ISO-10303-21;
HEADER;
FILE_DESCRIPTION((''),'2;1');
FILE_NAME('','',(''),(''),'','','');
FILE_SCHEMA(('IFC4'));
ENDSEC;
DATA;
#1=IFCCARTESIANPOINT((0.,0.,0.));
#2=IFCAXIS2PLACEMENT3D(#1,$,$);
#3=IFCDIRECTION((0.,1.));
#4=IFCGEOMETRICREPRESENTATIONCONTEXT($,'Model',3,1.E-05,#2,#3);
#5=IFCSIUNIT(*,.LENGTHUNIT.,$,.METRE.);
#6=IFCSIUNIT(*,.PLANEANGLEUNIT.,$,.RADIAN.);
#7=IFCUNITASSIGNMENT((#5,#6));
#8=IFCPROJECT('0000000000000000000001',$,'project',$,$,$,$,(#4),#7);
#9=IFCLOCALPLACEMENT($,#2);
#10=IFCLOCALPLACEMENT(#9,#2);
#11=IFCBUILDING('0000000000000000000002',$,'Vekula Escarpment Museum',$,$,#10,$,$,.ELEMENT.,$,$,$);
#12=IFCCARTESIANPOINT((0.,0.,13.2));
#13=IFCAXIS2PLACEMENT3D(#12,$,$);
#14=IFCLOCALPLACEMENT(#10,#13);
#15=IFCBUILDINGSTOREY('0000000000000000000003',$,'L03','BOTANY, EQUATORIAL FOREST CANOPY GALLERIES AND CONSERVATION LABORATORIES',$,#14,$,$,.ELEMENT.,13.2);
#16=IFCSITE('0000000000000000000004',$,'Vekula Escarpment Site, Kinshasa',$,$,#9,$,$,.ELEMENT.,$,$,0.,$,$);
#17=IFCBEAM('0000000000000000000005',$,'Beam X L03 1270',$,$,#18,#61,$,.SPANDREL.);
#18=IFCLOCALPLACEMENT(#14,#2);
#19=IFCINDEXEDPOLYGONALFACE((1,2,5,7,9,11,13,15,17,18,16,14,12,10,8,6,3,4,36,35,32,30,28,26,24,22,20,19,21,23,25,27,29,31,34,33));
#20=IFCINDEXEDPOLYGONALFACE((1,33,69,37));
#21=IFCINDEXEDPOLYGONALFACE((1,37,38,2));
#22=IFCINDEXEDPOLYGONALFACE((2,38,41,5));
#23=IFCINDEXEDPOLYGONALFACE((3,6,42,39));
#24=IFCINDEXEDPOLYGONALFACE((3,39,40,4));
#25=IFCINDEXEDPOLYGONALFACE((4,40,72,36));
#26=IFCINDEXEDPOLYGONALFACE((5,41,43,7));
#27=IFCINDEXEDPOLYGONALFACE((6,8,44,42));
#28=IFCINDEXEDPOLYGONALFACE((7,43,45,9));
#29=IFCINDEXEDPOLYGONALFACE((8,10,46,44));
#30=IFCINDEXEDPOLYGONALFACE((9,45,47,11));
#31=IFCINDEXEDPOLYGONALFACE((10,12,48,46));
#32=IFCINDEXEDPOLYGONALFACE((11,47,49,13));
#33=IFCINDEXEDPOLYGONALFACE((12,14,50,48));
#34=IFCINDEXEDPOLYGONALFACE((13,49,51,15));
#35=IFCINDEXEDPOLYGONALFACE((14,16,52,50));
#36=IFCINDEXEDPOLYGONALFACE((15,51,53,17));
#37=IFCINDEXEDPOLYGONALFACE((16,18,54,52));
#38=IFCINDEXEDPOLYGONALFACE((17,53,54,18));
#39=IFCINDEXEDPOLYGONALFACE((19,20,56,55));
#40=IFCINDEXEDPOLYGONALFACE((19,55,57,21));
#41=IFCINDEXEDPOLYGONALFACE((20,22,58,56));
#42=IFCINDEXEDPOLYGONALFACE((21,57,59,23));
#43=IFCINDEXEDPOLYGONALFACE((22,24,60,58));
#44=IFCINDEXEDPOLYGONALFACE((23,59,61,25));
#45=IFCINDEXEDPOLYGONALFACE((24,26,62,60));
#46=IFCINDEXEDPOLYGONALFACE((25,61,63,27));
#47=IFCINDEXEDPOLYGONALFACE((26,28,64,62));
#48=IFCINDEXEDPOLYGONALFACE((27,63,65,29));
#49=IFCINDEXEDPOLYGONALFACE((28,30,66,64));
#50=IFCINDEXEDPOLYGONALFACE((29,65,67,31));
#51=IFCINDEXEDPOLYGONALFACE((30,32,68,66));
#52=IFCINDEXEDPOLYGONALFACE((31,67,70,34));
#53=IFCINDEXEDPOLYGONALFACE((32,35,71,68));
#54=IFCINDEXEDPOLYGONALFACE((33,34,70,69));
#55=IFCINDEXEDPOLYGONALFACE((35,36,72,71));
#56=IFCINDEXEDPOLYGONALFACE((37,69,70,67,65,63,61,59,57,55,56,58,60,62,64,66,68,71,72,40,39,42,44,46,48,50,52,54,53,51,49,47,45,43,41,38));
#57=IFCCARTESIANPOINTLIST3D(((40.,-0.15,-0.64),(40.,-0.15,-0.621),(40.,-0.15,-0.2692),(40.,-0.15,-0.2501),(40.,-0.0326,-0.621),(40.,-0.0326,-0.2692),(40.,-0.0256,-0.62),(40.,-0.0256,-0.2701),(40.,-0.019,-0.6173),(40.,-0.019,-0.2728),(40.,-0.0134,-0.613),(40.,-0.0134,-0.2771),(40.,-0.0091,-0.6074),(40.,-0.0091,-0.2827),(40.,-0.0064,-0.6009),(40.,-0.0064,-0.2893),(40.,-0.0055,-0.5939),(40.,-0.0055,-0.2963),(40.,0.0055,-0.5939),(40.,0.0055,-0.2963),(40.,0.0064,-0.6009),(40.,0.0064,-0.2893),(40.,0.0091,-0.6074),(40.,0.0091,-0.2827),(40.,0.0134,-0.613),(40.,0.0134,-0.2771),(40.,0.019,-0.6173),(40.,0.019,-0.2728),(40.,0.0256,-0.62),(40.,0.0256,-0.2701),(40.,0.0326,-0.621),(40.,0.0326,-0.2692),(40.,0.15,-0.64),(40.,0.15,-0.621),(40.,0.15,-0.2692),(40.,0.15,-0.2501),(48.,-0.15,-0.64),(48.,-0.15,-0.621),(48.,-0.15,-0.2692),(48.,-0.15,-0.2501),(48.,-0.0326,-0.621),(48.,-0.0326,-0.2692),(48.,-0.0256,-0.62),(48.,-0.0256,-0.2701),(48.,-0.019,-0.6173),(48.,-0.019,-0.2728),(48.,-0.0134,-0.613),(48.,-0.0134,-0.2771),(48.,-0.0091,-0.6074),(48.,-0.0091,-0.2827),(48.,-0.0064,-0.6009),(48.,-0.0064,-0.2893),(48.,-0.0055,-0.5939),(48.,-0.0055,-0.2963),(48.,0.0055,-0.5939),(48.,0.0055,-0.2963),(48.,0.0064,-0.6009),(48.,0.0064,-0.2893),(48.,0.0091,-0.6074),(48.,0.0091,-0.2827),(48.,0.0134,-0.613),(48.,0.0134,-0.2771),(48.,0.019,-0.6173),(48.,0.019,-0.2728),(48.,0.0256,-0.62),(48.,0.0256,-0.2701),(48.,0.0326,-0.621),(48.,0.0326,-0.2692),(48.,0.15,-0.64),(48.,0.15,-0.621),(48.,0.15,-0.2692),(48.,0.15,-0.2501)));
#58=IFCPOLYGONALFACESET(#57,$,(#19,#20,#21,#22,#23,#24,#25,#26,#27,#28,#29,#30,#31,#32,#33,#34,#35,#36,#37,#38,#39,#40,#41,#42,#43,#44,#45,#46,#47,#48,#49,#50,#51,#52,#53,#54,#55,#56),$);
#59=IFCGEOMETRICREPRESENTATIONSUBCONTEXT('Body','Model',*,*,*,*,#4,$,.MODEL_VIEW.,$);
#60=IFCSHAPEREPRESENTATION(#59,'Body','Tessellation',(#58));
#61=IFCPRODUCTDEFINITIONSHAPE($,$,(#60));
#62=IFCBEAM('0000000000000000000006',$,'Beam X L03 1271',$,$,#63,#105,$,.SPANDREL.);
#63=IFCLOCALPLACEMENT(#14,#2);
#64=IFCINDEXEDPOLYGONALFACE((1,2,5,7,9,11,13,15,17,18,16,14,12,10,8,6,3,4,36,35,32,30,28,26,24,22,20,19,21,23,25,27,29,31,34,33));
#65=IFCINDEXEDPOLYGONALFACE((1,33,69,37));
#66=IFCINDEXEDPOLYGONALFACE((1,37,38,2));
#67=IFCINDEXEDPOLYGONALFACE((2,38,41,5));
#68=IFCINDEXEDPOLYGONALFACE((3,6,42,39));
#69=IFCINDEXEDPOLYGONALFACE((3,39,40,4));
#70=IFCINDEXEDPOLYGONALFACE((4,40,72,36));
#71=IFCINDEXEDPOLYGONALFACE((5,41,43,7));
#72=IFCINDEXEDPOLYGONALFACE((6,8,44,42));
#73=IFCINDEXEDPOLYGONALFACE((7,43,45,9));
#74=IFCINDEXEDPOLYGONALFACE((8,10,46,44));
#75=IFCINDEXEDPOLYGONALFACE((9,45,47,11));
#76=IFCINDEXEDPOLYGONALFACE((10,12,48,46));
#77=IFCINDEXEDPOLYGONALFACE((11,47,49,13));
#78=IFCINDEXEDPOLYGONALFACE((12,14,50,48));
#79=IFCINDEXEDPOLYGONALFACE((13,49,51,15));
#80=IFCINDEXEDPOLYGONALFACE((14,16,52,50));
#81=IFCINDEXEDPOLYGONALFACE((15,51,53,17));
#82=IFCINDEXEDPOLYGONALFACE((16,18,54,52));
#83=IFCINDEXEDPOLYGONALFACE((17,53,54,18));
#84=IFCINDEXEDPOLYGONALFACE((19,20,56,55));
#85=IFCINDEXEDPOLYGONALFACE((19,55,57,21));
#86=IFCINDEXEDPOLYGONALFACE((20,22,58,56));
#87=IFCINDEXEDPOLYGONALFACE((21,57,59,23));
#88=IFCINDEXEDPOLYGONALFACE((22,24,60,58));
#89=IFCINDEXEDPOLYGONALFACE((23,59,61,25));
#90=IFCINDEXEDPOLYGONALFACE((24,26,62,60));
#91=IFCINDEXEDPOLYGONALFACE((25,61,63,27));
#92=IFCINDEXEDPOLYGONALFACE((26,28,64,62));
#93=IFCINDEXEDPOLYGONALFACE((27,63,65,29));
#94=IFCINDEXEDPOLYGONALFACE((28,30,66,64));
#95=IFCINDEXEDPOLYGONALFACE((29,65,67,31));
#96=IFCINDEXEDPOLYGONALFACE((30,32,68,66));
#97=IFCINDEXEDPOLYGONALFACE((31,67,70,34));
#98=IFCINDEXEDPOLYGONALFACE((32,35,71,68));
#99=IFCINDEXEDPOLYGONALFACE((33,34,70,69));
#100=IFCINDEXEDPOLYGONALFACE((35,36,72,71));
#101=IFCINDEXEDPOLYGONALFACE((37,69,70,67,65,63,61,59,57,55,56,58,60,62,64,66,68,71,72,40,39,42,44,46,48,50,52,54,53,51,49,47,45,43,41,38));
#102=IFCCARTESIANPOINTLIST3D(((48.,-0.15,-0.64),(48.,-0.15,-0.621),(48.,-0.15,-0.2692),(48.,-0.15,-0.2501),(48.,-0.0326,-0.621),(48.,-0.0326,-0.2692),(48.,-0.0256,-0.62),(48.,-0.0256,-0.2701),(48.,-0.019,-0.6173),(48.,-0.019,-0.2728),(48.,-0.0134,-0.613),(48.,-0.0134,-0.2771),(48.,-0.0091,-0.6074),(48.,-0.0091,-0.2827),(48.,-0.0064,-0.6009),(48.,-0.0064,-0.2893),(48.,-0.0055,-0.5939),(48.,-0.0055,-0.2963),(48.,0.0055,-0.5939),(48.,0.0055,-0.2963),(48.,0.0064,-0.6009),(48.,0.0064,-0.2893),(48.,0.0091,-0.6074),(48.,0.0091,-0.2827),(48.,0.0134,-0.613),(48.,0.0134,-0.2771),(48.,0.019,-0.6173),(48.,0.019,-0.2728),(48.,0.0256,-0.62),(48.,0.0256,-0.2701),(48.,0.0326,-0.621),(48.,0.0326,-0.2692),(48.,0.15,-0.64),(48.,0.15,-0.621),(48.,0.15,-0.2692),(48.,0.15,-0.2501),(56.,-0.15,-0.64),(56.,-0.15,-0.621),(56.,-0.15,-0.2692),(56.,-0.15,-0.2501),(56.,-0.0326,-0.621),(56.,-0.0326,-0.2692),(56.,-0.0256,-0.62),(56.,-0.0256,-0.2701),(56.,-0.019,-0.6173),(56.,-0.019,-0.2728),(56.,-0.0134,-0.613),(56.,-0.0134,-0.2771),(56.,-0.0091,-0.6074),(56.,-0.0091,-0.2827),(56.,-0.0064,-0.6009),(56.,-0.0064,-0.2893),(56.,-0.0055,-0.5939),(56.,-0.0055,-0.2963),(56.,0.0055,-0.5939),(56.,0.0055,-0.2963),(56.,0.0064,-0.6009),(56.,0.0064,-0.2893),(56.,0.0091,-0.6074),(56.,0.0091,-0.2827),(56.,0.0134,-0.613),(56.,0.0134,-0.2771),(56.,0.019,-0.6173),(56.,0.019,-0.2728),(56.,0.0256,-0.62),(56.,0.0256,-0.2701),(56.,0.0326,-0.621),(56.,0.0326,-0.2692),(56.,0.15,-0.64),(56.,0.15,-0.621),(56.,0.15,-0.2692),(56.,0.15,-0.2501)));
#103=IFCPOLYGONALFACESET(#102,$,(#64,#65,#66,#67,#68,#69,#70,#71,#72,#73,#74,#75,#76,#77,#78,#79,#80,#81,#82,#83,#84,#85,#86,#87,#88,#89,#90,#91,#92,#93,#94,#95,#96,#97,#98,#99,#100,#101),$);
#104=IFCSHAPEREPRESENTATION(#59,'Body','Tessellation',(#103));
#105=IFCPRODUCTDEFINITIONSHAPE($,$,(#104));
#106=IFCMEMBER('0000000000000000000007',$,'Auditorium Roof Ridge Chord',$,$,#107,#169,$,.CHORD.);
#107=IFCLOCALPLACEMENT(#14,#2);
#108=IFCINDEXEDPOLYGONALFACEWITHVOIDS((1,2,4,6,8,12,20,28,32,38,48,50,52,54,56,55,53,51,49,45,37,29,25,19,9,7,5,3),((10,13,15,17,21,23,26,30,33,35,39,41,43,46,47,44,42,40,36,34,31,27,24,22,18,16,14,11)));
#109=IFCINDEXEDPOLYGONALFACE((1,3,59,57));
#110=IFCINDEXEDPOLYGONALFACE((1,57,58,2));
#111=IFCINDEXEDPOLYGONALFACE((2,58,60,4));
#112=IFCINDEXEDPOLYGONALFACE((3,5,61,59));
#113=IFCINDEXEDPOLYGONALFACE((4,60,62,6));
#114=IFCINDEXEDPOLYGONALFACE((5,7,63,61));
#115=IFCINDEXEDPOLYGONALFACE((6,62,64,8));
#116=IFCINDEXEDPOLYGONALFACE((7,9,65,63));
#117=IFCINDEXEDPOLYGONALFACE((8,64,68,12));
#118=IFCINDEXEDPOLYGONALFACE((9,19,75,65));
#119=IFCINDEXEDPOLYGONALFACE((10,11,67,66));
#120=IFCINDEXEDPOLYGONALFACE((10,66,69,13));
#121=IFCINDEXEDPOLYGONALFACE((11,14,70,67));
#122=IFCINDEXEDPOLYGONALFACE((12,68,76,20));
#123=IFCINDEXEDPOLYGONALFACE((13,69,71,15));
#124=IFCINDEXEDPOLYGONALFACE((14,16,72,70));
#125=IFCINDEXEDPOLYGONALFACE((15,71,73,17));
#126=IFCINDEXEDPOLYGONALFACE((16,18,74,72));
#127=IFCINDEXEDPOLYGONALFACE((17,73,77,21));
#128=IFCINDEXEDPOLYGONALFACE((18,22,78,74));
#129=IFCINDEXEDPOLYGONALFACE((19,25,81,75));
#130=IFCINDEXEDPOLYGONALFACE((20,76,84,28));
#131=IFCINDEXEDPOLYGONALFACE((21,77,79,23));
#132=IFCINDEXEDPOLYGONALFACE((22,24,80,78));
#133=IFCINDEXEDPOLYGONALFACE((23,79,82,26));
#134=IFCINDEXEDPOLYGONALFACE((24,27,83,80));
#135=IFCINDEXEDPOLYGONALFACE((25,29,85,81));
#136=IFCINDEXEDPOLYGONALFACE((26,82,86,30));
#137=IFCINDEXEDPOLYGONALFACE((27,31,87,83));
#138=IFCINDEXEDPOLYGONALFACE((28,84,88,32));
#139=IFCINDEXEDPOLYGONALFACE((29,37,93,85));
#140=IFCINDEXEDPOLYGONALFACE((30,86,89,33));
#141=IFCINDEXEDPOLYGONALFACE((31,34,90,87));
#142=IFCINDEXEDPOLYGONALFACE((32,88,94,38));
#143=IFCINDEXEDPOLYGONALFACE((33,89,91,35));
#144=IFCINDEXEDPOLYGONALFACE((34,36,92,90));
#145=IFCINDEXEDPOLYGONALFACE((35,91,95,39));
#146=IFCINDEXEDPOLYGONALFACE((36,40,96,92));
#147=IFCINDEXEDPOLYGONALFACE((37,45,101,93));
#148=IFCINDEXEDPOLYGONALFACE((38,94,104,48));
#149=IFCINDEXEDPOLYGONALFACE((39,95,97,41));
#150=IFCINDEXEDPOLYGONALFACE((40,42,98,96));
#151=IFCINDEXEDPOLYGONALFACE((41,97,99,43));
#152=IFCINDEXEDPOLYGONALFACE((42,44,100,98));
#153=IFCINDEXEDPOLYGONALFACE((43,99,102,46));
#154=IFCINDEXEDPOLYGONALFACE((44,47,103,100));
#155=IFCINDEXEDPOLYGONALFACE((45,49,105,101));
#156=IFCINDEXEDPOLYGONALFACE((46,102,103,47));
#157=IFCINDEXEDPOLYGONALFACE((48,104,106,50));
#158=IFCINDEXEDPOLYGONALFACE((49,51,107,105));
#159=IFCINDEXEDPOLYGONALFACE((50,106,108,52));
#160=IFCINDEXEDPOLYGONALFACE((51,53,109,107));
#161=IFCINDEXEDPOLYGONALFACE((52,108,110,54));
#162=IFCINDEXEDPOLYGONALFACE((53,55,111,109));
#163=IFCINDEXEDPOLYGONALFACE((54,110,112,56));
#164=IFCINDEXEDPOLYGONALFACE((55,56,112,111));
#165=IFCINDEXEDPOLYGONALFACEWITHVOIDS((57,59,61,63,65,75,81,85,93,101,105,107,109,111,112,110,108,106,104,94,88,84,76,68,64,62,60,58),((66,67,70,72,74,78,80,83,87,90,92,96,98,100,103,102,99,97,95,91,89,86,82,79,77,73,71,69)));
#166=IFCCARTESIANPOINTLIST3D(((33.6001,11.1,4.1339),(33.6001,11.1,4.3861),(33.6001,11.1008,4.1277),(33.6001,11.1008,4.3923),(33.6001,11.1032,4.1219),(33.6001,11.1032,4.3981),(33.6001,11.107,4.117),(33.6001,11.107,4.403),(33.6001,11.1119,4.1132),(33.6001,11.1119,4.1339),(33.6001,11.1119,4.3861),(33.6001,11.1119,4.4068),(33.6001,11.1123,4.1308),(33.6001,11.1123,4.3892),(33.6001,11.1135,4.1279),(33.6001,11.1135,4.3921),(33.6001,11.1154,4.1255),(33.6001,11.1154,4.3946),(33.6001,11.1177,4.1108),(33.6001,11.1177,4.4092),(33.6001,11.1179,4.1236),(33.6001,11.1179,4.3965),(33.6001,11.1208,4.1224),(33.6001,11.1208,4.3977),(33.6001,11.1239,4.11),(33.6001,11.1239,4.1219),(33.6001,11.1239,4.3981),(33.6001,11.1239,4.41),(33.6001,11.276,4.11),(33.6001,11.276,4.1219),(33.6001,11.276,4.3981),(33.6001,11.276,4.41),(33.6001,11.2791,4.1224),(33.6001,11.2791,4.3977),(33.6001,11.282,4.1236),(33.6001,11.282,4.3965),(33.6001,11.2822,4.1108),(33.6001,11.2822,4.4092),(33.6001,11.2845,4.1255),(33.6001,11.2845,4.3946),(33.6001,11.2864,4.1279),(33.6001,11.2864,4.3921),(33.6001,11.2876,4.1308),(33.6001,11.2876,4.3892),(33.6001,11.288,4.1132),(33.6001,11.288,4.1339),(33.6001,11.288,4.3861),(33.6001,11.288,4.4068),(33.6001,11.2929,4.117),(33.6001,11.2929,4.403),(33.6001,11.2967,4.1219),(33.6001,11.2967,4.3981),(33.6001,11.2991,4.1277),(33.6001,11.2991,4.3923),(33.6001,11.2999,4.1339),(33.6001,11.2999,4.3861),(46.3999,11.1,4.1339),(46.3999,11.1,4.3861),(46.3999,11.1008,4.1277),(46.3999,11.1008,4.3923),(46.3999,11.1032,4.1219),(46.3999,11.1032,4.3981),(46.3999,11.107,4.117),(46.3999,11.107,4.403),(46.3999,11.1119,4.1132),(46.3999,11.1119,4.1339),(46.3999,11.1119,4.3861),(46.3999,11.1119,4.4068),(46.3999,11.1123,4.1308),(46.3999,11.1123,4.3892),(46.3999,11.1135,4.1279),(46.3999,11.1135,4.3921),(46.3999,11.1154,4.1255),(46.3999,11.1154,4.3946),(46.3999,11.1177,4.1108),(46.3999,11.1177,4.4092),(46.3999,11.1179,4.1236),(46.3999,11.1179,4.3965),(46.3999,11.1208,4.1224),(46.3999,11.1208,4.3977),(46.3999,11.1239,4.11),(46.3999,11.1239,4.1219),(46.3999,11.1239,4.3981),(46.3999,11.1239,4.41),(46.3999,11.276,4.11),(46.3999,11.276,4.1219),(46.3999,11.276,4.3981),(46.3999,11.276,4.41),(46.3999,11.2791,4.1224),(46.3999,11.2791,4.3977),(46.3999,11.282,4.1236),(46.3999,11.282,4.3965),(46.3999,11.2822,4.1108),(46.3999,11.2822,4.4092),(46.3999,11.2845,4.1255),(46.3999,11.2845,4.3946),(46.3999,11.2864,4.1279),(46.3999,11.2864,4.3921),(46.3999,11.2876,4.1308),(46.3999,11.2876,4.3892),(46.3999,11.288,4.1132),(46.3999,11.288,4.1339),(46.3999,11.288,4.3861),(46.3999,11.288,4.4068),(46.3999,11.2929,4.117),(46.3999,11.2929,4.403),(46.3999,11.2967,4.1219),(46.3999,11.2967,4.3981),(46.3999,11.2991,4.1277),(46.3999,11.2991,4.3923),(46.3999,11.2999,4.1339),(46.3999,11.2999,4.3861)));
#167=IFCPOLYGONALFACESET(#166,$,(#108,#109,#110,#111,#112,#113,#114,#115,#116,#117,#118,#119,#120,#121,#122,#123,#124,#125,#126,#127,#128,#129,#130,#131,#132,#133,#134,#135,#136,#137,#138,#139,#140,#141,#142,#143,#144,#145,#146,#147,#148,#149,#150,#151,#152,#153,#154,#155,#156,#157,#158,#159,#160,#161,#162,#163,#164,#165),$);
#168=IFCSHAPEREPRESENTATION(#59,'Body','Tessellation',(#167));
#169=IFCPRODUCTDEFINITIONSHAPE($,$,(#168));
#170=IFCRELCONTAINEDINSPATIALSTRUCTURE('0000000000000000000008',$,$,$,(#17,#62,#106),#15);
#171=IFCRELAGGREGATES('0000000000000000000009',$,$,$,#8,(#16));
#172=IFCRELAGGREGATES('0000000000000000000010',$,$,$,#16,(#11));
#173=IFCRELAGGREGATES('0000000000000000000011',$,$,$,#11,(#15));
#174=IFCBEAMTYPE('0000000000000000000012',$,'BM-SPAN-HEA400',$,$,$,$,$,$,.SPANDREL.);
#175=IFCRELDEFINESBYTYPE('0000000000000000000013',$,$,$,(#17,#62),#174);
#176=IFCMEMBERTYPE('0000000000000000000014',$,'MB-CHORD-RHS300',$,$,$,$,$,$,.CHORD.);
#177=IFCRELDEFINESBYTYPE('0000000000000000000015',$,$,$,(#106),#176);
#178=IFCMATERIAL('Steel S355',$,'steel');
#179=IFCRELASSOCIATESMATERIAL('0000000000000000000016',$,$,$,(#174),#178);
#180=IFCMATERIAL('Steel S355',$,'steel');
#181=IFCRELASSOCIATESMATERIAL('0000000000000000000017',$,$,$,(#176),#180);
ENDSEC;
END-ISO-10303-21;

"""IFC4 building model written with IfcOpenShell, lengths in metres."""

from ifc_helpers import new_model, si_unit, direction, frame, origin, origin_2d, place, context, subcontext, project, spatial, hollow_rectangle, i_section, extrude, material, material_profile, profile_set, type_object, element, save


model = new_model("IFC4")

# Units and contexts
model_context = context("Model", 3, precision=1e-05, world=origin(), true_north=direction((0.0, 1.0)))
body_context = subcontext(model_context, "Body", "Model", "MODEL_VIEW")
ifc_project = project(units=[si_unit("LENGTHUNIT", "METRE"), si_unit("PLANEANGLEUNIT", "RADIAN")], contexts=[model_context])

# Site, building, storey
site_placement = place(None, origin())
site = spatial("IfcSite", under=ifc_project, at=site_placement, Name="Vekula Escarpment Site, Kinshasa", CompositionType="ELEMENT", RefElevation=0.0)
building_placement = place(site_placement, origin())
building = spatial("IfcBuilding", under=site, at=building_placement, Name="Vekula Escarpment Museum", CompositionType="ELEMENT")
storey_placement = place(building_placement, frame((0.0, 0.0, 13.2)))
storey = spatial("IfcBuildingStorey", under=building, at=storey_placement, Name="L03", Description="BOTANY, EQUATORIAL FOREST CANOPY GALLERIES AND CONSERVATION LABORATORIES", CompositionType="ELEMENT", Elevation=13.2)

# Beams
ifc_material_1 = material(Name="Steel S355", Category="steel")
ifc_material_profile_1 = material_profile(ifc_material_1, i_section(OverallWidth=0.3, OverallDepth=0.3899, WebThickness=0.011, FlangeThickness=0.019, FilletRadius=0.0271, at=origin_2d()), Name="HEA 400")
ifc_profile_set_1 = profile_set([ifc_material_profile_1], Name="Steel S355")
beam_type_1 = type_object("IfcBeamType", Name="BM-SPAN-HEA400", PredefinedType="SPANDREL", material=ifc_profile_set_1)
for number, where, z_axis, x_axis, name in (
    (1, (40.0, 0.0, -0.4451), (1.0, 0.0, 0.0), (0.0, 1.0, 0.0), "Beam X L03 1270"),
    (2, (48.0, 0.0, -0.4451), (1.0, 0.0, 0.0), (0.0, 1.0, 0.0), "Beam X L03 1271"),
):
    element("IfcBeam", number, at=place(storey_placement, frame(where, z_axis=z_axis, x_axis=x_axis)), inside=storey, type_object=beam_type_1, Name=name, PredefinedType="SPANDREL", context=body_context, shape_type="SweptSolid", body=[
        extrude(i_section(OverallWidth=0.3, OverallDepth=0.3899, WebThickness=0.011, FlangeThickness=0.019, FilletRadius=0.0271, at=origin_2d()), origin(), (0.0, 0.0, 1.0), 8.0),
    ])

# Member
ifc_material_2 = material(Name="Steel S355", Category="steel")
ifc_material_profile_2 = material_profile(ifc_material_2, hollow_rectangle(XDim=0.2, YDim=0.3, WallThickness=0.012, InnerFilletRadius=0.012, OuterFilletRadius=0.0239, at=origin_2d()), Name="RHS 300x200x12")
ifc_profile_set_2 = profile_set([ifc_material_profile_2], Name="Steel S355")
member_type_1 = type_object("IfcMemberType", Name="MB-CHORD-RHS300", PredefinedType="CHORD", material=ifc_profile_set_2)
member_1_placement = place(storey_placement, frame((33.6001, 11.2, 4.26), z_axis=(1.0, 0.0, 0.0), x_axis=(0.0, 1.0, 0.0)))
element("IfcMember", 3, at=member_1_placement, inside=storey, type_object=member_type_1, Name="Auditorium Roof Ridge Chord", PredefinedType="CHORD", context=body_context, shape_type="SweptSolid", body=[
    extrude(hollow_rectangle(XDim=0.2, YDim=0.3, WallThickness=0.012, InnerFilletRadius=0.012, OuterFilletRadius=0.0239, at=origin_2d()), origin(), (0.0, 0.0, 1.0), 12.7998),
])

save(model, "model.ifc")
